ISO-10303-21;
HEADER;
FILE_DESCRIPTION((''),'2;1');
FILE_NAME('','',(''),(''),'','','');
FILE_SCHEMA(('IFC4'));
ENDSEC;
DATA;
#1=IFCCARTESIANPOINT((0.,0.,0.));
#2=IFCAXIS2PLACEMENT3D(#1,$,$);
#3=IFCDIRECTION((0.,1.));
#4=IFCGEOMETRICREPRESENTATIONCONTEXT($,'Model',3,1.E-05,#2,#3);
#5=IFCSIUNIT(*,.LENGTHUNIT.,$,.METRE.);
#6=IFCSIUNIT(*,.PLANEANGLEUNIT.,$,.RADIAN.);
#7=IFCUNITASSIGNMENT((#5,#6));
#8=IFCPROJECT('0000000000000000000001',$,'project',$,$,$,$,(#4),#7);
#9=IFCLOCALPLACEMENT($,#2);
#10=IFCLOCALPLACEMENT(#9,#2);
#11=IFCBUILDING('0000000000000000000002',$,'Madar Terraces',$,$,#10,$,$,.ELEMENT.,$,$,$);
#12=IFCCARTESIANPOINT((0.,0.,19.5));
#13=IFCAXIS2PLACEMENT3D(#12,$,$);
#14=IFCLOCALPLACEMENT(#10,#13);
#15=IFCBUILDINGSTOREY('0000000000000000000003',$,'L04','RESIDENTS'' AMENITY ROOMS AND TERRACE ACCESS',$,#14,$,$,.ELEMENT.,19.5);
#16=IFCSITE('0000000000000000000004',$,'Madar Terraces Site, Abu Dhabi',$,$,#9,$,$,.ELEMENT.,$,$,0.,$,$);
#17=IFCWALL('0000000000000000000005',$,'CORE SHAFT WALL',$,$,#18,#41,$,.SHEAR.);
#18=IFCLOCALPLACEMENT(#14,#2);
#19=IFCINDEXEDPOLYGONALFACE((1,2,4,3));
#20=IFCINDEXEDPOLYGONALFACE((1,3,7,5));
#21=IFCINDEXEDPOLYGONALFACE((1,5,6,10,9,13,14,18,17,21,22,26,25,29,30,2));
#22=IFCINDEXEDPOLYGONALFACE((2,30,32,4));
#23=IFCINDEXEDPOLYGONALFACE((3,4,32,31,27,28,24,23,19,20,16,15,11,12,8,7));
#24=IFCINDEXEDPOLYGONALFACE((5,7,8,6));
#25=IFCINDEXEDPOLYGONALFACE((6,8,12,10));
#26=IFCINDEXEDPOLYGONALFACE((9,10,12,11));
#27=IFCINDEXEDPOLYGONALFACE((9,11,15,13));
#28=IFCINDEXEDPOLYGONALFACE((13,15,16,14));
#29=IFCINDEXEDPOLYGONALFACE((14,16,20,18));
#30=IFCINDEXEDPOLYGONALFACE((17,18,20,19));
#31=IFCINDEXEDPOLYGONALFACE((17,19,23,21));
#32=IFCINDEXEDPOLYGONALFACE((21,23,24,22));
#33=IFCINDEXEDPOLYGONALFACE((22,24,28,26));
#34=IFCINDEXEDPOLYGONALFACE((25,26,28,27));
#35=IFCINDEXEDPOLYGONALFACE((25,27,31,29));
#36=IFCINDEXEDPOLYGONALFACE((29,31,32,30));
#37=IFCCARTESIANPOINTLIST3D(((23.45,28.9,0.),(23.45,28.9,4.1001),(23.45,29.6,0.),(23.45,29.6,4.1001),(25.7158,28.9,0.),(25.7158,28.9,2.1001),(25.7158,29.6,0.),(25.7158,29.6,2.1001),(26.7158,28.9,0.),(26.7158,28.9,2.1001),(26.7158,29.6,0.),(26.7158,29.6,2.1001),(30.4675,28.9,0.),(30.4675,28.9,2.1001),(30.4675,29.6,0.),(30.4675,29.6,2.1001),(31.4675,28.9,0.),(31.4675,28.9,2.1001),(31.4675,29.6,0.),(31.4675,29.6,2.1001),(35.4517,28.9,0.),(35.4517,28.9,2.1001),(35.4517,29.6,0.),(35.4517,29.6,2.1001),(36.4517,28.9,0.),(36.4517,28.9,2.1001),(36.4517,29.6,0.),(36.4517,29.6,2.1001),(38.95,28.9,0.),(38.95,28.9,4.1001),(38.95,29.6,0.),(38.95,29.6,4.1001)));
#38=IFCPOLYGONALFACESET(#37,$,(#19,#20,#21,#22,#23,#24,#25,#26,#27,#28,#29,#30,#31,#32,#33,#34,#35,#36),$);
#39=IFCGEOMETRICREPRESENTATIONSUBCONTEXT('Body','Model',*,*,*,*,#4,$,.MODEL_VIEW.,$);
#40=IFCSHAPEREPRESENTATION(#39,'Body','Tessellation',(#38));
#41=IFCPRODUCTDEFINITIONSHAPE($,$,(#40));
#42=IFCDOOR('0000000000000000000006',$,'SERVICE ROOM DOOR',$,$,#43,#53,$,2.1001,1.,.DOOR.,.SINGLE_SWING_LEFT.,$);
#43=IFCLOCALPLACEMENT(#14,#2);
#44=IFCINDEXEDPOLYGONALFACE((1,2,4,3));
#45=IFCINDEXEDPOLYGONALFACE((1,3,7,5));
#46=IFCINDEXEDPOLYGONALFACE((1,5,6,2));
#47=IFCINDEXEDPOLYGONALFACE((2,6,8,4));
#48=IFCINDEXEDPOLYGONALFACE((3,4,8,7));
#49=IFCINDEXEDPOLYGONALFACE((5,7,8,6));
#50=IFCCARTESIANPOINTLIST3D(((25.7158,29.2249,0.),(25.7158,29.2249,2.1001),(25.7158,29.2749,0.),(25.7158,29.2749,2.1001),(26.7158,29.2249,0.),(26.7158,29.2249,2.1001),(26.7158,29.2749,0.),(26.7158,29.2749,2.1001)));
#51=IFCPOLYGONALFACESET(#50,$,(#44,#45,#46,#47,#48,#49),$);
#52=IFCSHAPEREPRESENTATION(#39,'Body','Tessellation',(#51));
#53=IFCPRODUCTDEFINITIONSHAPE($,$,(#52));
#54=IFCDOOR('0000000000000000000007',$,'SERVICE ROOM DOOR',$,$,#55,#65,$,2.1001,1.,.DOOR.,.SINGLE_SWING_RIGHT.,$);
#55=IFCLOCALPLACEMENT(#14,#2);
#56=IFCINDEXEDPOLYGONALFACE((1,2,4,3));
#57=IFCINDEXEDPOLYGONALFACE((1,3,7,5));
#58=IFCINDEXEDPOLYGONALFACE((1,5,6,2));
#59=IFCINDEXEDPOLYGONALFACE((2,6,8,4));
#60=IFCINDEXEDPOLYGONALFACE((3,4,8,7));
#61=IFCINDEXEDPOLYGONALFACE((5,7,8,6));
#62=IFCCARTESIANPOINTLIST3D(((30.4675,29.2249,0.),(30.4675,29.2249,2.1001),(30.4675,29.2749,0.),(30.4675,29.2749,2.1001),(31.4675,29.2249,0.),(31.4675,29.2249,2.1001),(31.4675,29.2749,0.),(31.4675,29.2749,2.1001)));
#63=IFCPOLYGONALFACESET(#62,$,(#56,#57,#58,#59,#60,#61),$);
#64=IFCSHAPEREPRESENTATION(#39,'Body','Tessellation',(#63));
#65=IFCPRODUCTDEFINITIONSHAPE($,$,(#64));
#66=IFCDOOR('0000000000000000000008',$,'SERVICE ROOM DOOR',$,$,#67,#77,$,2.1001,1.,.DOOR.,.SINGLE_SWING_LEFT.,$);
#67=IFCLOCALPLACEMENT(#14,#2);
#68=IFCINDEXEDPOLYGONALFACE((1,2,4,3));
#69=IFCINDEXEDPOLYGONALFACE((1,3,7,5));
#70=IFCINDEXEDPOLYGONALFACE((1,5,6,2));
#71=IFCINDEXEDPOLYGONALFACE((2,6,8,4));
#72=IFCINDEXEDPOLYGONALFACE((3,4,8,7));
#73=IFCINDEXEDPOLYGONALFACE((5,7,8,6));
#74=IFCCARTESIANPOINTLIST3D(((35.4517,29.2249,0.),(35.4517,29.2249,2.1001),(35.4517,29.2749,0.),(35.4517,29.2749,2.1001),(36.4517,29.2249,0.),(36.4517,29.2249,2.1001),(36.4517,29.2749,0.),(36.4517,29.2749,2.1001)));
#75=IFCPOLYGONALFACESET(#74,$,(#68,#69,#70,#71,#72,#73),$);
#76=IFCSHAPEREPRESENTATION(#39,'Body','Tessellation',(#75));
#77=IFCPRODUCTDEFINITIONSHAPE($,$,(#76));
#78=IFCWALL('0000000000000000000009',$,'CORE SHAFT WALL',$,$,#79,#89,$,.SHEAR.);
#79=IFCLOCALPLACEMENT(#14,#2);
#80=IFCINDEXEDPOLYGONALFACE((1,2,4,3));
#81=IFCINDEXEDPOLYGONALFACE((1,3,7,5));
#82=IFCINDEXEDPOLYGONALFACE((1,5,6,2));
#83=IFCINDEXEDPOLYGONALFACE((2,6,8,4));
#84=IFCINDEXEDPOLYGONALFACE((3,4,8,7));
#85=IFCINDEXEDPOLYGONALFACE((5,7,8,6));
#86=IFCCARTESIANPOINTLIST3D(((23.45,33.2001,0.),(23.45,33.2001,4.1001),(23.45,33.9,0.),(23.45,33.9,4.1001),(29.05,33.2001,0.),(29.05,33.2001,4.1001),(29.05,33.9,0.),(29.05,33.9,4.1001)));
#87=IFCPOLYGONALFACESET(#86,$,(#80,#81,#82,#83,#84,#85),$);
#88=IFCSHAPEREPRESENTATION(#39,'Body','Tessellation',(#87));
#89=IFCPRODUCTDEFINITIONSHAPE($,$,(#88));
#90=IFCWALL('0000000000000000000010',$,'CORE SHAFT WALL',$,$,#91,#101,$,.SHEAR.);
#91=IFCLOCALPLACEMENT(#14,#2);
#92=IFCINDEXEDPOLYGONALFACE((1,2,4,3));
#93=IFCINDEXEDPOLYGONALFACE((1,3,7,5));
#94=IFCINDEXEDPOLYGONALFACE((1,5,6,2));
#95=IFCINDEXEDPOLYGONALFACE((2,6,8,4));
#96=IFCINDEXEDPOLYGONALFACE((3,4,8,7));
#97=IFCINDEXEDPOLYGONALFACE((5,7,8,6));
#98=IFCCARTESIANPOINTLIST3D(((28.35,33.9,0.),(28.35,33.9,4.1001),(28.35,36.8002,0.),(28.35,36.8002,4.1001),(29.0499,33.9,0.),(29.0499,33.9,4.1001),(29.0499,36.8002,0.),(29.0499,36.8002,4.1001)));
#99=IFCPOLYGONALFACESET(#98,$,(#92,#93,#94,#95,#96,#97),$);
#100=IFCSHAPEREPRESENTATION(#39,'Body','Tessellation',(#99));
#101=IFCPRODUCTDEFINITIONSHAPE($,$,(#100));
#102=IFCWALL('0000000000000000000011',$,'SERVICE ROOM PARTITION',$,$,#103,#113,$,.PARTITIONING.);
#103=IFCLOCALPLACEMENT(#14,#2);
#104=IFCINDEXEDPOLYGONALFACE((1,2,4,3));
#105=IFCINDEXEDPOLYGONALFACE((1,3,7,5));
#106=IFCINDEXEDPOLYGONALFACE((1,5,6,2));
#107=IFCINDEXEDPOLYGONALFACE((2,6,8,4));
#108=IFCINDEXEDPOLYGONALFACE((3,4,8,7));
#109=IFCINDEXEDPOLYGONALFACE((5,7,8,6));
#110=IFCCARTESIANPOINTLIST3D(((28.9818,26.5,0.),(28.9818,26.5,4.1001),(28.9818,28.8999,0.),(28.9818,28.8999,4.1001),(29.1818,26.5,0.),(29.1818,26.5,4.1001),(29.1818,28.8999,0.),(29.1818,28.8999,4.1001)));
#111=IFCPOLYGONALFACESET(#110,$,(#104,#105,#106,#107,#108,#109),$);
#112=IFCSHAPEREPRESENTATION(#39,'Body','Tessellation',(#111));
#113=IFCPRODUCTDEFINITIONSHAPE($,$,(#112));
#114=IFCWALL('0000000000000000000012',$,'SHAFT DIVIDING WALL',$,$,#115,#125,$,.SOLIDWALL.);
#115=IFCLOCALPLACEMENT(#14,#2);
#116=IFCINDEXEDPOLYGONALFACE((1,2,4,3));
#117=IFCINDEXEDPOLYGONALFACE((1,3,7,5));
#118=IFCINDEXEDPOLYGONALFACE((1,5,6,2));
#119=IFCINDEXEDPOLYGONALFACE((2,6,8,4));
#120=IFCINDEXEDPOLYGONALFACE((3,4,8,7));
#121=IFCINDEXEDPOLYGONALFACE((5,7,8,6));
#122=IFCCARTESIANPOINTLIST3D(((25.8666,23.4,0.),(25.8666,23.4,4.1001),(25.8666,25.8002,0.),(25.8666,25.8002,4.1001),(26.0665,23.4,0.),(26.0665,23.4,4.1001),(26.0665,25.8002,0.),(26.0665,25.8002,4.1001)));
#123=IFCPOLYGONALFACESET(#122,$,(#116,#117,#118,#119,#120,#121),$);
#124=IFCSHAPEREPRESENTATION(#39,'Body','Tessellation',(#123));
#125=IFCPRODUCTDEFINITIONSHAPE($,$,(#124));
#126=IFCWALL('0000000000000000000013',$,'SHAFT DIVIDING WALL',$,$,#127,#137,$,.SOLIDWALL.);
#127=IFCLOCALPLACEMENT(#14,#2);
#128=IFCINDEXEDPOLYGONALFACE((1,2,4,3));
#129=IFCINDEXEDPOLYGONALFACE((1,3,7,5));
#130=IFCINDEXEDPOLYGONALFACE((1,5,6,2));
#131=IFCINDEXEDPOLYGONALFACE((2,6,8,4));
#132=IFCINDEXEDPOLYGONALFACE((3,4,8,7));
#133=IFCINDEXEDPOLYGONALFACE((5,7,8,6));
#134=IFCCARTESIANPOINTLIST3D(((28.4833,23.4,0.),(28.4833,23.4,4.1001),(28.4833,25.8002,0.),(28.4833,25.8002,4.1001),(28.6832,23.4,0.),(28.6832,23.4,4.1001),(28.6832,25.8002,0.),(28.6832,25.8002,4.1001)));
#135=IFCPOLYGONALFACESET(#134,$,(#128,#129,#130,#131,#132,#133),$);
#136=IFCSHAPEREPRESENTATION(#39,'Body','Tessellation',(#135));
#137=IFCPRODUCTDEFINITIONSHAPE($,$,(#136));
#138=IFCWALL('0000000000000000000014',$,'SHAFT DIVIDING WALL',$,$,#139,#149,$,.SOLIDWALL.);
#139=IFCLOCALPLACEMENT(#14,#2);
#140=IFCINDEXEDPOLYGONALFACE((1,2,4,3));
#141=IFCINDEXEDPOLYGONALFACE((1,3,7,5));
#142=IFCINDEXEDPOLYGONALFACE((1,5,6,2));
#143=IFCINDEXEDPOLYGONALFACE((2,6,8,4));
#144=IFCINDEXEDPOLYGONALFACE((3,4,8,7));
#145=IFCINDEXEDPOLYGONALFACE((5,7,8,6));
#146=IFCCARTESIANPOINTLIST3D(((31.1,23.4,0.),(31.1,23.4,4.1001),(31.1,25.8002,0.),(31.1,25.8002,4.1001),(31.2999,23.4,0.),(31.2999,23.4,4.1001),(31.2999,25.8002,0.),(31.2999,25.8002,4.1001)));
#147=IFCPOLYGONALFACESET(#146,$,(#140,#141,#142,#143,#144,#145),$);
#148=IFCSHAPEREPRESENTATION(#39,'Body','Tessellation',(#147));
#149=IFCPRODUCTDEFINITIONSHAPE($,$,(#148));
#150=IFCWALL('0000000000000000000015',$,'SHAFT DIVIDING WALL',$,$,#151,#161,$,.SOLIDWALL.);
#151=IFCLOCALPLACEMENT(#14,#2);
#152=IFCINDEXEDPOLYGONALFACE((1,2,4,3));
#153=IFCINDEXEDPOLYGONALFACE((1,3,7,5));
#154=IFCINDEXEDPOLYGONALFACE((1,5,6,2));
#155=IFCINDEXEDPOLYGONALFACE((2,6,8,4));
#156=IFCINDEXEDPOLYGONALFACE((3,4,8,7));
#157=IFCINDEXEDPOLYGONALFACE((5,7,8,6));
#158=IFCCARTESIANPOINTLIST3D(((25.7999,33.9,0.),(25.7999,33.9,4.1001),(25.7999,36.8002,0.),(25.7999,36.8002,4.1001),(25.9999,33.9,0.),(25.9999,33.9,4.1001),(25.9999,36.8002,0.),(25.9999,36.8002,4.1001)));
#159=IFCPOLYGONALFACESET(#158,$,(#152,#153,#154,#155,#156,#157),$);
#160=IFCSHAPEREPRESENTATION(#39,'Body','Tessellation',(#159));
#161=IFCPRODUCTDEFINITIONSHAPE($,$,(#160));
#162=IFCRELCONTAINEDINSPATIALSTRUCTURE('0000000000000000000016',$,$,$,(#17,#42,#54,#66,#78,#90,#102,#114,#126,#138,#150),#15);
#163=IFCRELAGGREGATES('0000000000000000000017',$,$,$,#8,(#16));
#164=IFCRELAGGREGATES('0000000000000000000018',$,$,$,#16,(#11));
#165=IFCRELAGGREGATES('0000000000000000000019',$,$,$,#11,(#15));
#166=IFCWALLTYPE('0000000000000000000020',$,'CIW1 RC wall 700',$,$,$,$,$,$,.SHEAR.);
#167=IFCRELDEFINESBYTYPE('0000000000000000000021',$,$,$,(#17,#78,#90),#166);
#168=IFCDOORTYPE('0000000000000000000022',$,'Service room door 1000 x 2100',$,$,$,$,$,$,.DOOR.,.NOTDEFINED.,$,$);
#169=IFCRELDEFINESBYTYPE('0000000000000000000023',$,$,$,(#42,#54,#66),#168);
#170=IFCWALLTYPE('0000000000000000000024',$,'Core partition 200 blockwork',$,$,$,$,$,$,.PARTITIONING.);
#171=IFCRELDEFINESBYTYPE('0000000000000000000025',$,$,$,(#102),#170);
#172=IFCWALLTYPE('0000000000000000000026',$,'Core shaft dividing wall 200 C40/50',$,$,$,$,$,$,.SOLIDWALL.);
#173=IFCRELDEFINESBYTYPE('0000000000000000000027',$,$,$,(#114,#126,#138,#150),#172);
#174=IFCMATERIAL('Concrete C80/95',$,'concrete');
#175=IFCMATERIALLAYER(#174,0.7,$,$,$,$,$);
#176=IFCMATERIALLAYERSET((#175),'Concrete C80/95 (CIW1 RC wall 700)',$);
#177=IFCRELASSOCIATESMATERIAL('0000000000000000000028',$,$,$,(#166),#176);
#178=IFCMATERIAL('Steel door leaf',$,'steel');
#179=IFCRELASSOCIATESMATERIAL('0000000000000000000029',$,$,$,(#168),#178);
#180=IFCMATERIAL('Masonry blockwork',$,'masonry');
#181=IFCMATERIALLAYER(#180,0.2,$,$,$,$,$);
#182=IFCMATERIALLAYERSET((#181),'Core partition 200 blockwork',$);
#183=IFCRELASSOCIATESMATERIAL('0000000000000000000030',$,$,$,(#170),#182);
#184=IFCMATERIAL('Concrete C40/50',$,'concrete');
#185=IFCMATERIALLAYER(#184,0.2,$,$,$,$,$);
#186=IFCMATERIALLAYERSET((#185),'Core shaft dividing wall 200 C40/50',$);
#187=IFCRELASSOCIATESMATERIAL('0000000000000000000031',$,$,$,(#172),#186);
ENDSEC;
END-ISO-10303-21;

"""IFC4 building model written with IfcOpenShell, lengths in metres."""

from ifc_helpers import new_model, si_unit, direction, frame, frame_2d, origin, place, context, subcontext, project, spatial, rectangle, extrude, material, layer, layer_set, type_object, element, fill, save


model = new_model("IFC4")

# Units and contexts
model_context = context("Model", 3, precision=1e-05, world=origin(), true_north=direction((0.0, 1.0)))
body_context = subcontext(model_context, "Body", "Model", "MODEL_VIEW")
ifc_project = project(units=[si_unit("LENGTHUNIT", "METRE"), si_unit("PLANEANGLEUNIT", "RADIAN")], contexts=[model_context])

# Site, building, storey
site_placement = place(None, origin())
site = spatial("IfcSite", under=ifc_project, at=site_placement, Name="Madar Terraces Site, Abu Dhabi", CompositionType="ELEMENT", RefElevation=0.0)
building_placement = place(site_placement, origin())
building = spatial("IfcBuilding", under=site, at=building_placement, Name="Madar Terraces", CompositionType="ELEMENT")
storey_placement = place(building_placement, frame((0.0, 0.0, 19.5)))
storey = spatial("IfcBuildingStorey", under=building, at=storey_placement, Name="L04", Description="RESIDENTS' AMENITY ROOMS AND TERRACE ACCESS", CompositionType="ELEMENT", Elevation=19.5)

# Shared definitions
ifc_material_1 = material(Name="Concrete C80/95", Category="concrete")
ifc_layer_1 = layer(ifc_material_1, 0.7)
ifc_layer_set_1 = layer_set([ifc_layer_1], Name="Concrete C80/95 (CIW1 RC wall 700)")
wall_type_1 = type_object("IfcWallType", Name="CIW1 RC wall 700", PredefinedType="SHEAR", material=ifc_layer_set_1)

# Shared definitions
ifc_material_2 = material(Name="Steel door leaf", Category="steel")
door_type_1 = type_object("IfcDoorType", Name="Service room door 1000 x 2100", OperationType="NOTDEFINED", PredefinedType="DOOR", material=ifc_material_2)

# Wall, openings, doors
wall_1_placement = place(storey_placement, frame((23.45, 29.25, 0.0), z_axis=(0.0, 0.0, 1.0), x_axis=(1.0, 0.0, 0.0)))
wall_1 = element("IfcWall", 1, at=wall_1_placement, inside=storey, type_object=wall_type_1, Name="CORE SHAFT WALL", PredefinedType="SHEAR", context=body_context, shape_type="SweptSolid", body=[
    extrude(rectangle(XDim=15.5, YDim=0.7, at=frame_2d((7.75, 0.0))), origin(), (0.0, 0.0, 1.0), 4.1001),
])
opening_1_placement = place(wall_1_placement, frame((2.2659, 0.0, 0.0)))
opening_1 = element("IfcOpeningElement", 2, at=opening_1_placement, cuts=wall_1, PredefinedType="OPENING", context=body_context, shape_type="SweptSolid", body=[
    extrude(rectangle(XDim=1.0, YDim=2.1001, at=frame_2d((0.5, 1.05))), frame((0.0, 0.3599, 0.0), z_axis=(0.0, -1.0, 0.0), x_axis=(1.0, 0.0, 0.0)), (0.0, 0.0, 1.0), 0.72),
])
opening_2_placement = place(wall_1_placement, frame((7.0176, 0.0, 0.0)))
opening_2 = element("IfcOpeningElement", 3, at=opening_2_placement, cuts=wall_1, PredefinedType="OPENING", context=body_context, shape_type="SweptSolid", body=[
    extrude(rectangle(XDim=1.0, YDim=2.1001, at=frame_2d((0.5, 1.05))), frame((0.0, 0.3599, 0.0), z_axis=(0.0, -1.0, 0.0), x_axis=(1.0, 0.0, 0.0)), (0.0, 0.0, 1.0), 0.72),
])
opening_3_placement = place(wall_1_placement, frame((12.0017, 0.0, 0.0)))
opening_3 = element("IfcOpeningElement", 4, at=opening_3_placement, cuts=wall_1, PredefinedType="OPENING", context=body_context, shape_type="SweptSolid", body=[
    extrude(rectangle(XDim=1.0, YDim=2.1001, at=frame_2d((0.5, 1.05))), frame((0.0, 0.3599, 0.0), z_axis=(0.0, -1.0, 0.0), x_axis=(1.0, 0.0, 0.0)), (0.0, 0.0, 1.0), 0.72),
])
door_1_placement = place(opening_1_placement, origin())
door_1 = element("IfcDoor", 5, at=door_1_placement, inside=storey, type_object=door_type_1, Name="SERVICE ROOM DOOR", OperationType="SINGLE_SWING_LEFT", OverallHeight=2.1001, OverallWidth=1.0, PredefinedType="DOOR", context=body_context, shape_type="SweptSolid", body=[
    extrude(rectangle(XDim=1.0, YDim=2.1001, at=frame_2d((0.5, 1.05))), frame((0.0, 0.0249, 0.0), z_axis=(0.0, -1.0, 0.0), x_axis=(1.0, 0.0, 0.0)), (0.0, 0.0, 1.0), 0.05),
])
fill(opening_1, door_1)
door_2_placement = place(opening_2_placement, origin())
door_2 = element("IfcDoor", 6, at=door_2_placement, inside=storey, type_object=door_type_1, Name="SERVICE ROOM DOOR", OperationType="SINGLE_SWING_RIGHT", OverallHeight=2.1001, OverallWidth=1.0, PredefinedType="DOOR", context=body_context, shape_type="SweptSolid", body=[
    extrude(rectangle(XDim=1.0, YDim=2.1001, at=frame_2d((0.5, 1.05))), frame((0.0, 0.0249, 0.0), z_axis=(0.0, -1.0, 0.0), x_axis=(1.0, 0.0, 0.0)), (0.0, 0.0, 1.0), 0.05),
])
fill(opening_2, door_2)
door_3_placement = place(opening_3_placement, origin())
door_3 = element("IfcDoor", 7, at=door_3_placement, inside=storey, type_object=door_type_1, Name="SERVICE ROOM DOOR", OperationType="SINGLE_SWING_LEFT", OverallHeight=2.1001, OverallWidth=1.0, PredefinedType="DOOR", context=body_context, shape_type="SweptSolid", body=[
    extrude(rectangle(XDim=1.0, YDim=2.1001, at=frame_2d((0.5, 1.05))), frame((0.0, 0.0249, 0.0), z_axis=(0.0, -1.0, 0.0), x_axis=(1.0, 0.0, 0.0)), (0.0, 0.0, 1.0), 0.05),
])
fill(opening_3, door_3)

# Walls
wall_2_placement = place(storey_placement, frame((23.45, 33.55, 0.0), z_axis=(0.0, 0.0, 1.0), x_axis=(1.0, 0.0, 0.0)))
element("IfcWall", 8, at=wall_2_placement, inside=storey, type_object=wall_type_1, Name="CORE SHAFT WALL", PredefinedType="SHEAR", context=body_context, shape_type="SweptSolid", body=[
    extrude(rectangle(XDim=5.6001, YDim=0.7, at=frame_2d((2.8, 0.0))), origin(), (0.0, 0.0, 1.0), 4.1001),
])
wall_3_placement = place(storey_placement, frame((28.7, 33.8999, 0.0), z_axis=(0.0, 0.0, 1.0), x_axis=(0.0, 1.0, 0.0)))
element("IfcWall", 9, at=wall_3_placement, inside=storey, type_object=wall_type_1, Name="CORE SHAFT WALL", PredefinedType="SHEAR", context=body_context, shape_type="SweptSolid", body=[
    extrude(rectangle(XDim=2.9001, YDim=0.7, at=frame_2d((1.4502, 0.0))), origin(), (0.0, 0.0, 1.0), 4.1001),
])
ifc_material_3 = material(Name="Masonry blockwork", Category="masonry")
ifc_layer_2 = layer(ifc_material_3, 0.2)
ifc_layer_set_2 = layer_set([ifc_layer_2], Name="Core partition 200 blockwork")
wall_type_2 = type_object("IfcWallType", Name="Core partition 200 blockwork", PredefinedType="PARTITIONING", material=ifc_layer_set_2)
wall_4_placement = place(storey_placement, frame((29.0818, 26.5, 0.0), z_axis=(0.0, 0.0, 1.0), x_axis=(0.0, 1.0, 0.0)))
element("IfcWall", 10, at=wall_4_placement, inside=storey, type_object=wall_type_2, Name="SERVICE ROOM PARTITION", PredefinedType="PARTITIONING", context=body_context, shape_type="SweptSolid", body=[
    extrude(rectangle(XDim=2.3999, YDim=0.2, at=frame_2d((1.2, 0.0))), origin(), (0.0, 0.0, 1.0), 4.1001),
])
ifc_material_4 = material(Name="Concrete C40/50", Category="concrete")
ifc_layer_3 = layer(ifc_material_4, 0.2)
ifc_layer_set_3 = layer_set([ifc_layer_3], Name="Core shaft dividing wall 200 C40/50")
wall_type_3 = type_object("IfcWallType", Name="Core shaft dividing wall 200 C40/50", PredefinedType="SOLIDWALL", material=ifc_layer_set_3)
for number, where, z_axis, x_axis, name in (
    (11, (25.9666, 23.3999, 0.0), (0.0, 0.0, 1.0), (0.0, 1.0, 0.0), "SHAFT DIVIDING WALL"),
    (12, (28.5833, 23.3999, 0.0), (0.0, 0.0, 1.0), (0.0, 1.0, 0.0), "SHAFT DIVIDING WALL"),
    (13, (31.2, 23.3999, 0.0), (0.0, 0.0, 1.0), (0.0, 1.0, 0.0), "SHAFT DIVIDING WALL"),
):
    element("IfcWall", number, at=place(storey_placement, frame(where, z_axis=z_axis, x_axis=x_axis)), inside=storey, type_object=wall_type_3, Name=name, PredefinedType="SOLIDWALL", context=body_context, shape_type="SweptSolid", body=[
        extrude(rectangle(XDim=2.4001, YDim=0.2, at=frame_2d((1.2002, 0.0))), origin(), (0.0, 0.0, 1.0), 4.1001),
    ])
wall_5_placement = place(storey_placement, frame((25.8999, 33.8999, 0.0), z_axis=(0.0, 0.0, 1.0), x_axis=(0.0, 1.0, 0.0)))
element("IfcWall", 14, at=wall_5_placement, inside=storey, type_object=wall_type_3, Name="SHAFT DIVIDING WALL", PredefinedType="SOLIDWALL", context=body_context, shape_type="SweptSolid", body=[
    extrude(rectangle(XDim=2.9001, YDim=0.2, at=frame_2d((1.4502, 0.0))), origin(), (0.0, 0.0, 1.0), 4.1001),
])

save(model, "model.ifc")
